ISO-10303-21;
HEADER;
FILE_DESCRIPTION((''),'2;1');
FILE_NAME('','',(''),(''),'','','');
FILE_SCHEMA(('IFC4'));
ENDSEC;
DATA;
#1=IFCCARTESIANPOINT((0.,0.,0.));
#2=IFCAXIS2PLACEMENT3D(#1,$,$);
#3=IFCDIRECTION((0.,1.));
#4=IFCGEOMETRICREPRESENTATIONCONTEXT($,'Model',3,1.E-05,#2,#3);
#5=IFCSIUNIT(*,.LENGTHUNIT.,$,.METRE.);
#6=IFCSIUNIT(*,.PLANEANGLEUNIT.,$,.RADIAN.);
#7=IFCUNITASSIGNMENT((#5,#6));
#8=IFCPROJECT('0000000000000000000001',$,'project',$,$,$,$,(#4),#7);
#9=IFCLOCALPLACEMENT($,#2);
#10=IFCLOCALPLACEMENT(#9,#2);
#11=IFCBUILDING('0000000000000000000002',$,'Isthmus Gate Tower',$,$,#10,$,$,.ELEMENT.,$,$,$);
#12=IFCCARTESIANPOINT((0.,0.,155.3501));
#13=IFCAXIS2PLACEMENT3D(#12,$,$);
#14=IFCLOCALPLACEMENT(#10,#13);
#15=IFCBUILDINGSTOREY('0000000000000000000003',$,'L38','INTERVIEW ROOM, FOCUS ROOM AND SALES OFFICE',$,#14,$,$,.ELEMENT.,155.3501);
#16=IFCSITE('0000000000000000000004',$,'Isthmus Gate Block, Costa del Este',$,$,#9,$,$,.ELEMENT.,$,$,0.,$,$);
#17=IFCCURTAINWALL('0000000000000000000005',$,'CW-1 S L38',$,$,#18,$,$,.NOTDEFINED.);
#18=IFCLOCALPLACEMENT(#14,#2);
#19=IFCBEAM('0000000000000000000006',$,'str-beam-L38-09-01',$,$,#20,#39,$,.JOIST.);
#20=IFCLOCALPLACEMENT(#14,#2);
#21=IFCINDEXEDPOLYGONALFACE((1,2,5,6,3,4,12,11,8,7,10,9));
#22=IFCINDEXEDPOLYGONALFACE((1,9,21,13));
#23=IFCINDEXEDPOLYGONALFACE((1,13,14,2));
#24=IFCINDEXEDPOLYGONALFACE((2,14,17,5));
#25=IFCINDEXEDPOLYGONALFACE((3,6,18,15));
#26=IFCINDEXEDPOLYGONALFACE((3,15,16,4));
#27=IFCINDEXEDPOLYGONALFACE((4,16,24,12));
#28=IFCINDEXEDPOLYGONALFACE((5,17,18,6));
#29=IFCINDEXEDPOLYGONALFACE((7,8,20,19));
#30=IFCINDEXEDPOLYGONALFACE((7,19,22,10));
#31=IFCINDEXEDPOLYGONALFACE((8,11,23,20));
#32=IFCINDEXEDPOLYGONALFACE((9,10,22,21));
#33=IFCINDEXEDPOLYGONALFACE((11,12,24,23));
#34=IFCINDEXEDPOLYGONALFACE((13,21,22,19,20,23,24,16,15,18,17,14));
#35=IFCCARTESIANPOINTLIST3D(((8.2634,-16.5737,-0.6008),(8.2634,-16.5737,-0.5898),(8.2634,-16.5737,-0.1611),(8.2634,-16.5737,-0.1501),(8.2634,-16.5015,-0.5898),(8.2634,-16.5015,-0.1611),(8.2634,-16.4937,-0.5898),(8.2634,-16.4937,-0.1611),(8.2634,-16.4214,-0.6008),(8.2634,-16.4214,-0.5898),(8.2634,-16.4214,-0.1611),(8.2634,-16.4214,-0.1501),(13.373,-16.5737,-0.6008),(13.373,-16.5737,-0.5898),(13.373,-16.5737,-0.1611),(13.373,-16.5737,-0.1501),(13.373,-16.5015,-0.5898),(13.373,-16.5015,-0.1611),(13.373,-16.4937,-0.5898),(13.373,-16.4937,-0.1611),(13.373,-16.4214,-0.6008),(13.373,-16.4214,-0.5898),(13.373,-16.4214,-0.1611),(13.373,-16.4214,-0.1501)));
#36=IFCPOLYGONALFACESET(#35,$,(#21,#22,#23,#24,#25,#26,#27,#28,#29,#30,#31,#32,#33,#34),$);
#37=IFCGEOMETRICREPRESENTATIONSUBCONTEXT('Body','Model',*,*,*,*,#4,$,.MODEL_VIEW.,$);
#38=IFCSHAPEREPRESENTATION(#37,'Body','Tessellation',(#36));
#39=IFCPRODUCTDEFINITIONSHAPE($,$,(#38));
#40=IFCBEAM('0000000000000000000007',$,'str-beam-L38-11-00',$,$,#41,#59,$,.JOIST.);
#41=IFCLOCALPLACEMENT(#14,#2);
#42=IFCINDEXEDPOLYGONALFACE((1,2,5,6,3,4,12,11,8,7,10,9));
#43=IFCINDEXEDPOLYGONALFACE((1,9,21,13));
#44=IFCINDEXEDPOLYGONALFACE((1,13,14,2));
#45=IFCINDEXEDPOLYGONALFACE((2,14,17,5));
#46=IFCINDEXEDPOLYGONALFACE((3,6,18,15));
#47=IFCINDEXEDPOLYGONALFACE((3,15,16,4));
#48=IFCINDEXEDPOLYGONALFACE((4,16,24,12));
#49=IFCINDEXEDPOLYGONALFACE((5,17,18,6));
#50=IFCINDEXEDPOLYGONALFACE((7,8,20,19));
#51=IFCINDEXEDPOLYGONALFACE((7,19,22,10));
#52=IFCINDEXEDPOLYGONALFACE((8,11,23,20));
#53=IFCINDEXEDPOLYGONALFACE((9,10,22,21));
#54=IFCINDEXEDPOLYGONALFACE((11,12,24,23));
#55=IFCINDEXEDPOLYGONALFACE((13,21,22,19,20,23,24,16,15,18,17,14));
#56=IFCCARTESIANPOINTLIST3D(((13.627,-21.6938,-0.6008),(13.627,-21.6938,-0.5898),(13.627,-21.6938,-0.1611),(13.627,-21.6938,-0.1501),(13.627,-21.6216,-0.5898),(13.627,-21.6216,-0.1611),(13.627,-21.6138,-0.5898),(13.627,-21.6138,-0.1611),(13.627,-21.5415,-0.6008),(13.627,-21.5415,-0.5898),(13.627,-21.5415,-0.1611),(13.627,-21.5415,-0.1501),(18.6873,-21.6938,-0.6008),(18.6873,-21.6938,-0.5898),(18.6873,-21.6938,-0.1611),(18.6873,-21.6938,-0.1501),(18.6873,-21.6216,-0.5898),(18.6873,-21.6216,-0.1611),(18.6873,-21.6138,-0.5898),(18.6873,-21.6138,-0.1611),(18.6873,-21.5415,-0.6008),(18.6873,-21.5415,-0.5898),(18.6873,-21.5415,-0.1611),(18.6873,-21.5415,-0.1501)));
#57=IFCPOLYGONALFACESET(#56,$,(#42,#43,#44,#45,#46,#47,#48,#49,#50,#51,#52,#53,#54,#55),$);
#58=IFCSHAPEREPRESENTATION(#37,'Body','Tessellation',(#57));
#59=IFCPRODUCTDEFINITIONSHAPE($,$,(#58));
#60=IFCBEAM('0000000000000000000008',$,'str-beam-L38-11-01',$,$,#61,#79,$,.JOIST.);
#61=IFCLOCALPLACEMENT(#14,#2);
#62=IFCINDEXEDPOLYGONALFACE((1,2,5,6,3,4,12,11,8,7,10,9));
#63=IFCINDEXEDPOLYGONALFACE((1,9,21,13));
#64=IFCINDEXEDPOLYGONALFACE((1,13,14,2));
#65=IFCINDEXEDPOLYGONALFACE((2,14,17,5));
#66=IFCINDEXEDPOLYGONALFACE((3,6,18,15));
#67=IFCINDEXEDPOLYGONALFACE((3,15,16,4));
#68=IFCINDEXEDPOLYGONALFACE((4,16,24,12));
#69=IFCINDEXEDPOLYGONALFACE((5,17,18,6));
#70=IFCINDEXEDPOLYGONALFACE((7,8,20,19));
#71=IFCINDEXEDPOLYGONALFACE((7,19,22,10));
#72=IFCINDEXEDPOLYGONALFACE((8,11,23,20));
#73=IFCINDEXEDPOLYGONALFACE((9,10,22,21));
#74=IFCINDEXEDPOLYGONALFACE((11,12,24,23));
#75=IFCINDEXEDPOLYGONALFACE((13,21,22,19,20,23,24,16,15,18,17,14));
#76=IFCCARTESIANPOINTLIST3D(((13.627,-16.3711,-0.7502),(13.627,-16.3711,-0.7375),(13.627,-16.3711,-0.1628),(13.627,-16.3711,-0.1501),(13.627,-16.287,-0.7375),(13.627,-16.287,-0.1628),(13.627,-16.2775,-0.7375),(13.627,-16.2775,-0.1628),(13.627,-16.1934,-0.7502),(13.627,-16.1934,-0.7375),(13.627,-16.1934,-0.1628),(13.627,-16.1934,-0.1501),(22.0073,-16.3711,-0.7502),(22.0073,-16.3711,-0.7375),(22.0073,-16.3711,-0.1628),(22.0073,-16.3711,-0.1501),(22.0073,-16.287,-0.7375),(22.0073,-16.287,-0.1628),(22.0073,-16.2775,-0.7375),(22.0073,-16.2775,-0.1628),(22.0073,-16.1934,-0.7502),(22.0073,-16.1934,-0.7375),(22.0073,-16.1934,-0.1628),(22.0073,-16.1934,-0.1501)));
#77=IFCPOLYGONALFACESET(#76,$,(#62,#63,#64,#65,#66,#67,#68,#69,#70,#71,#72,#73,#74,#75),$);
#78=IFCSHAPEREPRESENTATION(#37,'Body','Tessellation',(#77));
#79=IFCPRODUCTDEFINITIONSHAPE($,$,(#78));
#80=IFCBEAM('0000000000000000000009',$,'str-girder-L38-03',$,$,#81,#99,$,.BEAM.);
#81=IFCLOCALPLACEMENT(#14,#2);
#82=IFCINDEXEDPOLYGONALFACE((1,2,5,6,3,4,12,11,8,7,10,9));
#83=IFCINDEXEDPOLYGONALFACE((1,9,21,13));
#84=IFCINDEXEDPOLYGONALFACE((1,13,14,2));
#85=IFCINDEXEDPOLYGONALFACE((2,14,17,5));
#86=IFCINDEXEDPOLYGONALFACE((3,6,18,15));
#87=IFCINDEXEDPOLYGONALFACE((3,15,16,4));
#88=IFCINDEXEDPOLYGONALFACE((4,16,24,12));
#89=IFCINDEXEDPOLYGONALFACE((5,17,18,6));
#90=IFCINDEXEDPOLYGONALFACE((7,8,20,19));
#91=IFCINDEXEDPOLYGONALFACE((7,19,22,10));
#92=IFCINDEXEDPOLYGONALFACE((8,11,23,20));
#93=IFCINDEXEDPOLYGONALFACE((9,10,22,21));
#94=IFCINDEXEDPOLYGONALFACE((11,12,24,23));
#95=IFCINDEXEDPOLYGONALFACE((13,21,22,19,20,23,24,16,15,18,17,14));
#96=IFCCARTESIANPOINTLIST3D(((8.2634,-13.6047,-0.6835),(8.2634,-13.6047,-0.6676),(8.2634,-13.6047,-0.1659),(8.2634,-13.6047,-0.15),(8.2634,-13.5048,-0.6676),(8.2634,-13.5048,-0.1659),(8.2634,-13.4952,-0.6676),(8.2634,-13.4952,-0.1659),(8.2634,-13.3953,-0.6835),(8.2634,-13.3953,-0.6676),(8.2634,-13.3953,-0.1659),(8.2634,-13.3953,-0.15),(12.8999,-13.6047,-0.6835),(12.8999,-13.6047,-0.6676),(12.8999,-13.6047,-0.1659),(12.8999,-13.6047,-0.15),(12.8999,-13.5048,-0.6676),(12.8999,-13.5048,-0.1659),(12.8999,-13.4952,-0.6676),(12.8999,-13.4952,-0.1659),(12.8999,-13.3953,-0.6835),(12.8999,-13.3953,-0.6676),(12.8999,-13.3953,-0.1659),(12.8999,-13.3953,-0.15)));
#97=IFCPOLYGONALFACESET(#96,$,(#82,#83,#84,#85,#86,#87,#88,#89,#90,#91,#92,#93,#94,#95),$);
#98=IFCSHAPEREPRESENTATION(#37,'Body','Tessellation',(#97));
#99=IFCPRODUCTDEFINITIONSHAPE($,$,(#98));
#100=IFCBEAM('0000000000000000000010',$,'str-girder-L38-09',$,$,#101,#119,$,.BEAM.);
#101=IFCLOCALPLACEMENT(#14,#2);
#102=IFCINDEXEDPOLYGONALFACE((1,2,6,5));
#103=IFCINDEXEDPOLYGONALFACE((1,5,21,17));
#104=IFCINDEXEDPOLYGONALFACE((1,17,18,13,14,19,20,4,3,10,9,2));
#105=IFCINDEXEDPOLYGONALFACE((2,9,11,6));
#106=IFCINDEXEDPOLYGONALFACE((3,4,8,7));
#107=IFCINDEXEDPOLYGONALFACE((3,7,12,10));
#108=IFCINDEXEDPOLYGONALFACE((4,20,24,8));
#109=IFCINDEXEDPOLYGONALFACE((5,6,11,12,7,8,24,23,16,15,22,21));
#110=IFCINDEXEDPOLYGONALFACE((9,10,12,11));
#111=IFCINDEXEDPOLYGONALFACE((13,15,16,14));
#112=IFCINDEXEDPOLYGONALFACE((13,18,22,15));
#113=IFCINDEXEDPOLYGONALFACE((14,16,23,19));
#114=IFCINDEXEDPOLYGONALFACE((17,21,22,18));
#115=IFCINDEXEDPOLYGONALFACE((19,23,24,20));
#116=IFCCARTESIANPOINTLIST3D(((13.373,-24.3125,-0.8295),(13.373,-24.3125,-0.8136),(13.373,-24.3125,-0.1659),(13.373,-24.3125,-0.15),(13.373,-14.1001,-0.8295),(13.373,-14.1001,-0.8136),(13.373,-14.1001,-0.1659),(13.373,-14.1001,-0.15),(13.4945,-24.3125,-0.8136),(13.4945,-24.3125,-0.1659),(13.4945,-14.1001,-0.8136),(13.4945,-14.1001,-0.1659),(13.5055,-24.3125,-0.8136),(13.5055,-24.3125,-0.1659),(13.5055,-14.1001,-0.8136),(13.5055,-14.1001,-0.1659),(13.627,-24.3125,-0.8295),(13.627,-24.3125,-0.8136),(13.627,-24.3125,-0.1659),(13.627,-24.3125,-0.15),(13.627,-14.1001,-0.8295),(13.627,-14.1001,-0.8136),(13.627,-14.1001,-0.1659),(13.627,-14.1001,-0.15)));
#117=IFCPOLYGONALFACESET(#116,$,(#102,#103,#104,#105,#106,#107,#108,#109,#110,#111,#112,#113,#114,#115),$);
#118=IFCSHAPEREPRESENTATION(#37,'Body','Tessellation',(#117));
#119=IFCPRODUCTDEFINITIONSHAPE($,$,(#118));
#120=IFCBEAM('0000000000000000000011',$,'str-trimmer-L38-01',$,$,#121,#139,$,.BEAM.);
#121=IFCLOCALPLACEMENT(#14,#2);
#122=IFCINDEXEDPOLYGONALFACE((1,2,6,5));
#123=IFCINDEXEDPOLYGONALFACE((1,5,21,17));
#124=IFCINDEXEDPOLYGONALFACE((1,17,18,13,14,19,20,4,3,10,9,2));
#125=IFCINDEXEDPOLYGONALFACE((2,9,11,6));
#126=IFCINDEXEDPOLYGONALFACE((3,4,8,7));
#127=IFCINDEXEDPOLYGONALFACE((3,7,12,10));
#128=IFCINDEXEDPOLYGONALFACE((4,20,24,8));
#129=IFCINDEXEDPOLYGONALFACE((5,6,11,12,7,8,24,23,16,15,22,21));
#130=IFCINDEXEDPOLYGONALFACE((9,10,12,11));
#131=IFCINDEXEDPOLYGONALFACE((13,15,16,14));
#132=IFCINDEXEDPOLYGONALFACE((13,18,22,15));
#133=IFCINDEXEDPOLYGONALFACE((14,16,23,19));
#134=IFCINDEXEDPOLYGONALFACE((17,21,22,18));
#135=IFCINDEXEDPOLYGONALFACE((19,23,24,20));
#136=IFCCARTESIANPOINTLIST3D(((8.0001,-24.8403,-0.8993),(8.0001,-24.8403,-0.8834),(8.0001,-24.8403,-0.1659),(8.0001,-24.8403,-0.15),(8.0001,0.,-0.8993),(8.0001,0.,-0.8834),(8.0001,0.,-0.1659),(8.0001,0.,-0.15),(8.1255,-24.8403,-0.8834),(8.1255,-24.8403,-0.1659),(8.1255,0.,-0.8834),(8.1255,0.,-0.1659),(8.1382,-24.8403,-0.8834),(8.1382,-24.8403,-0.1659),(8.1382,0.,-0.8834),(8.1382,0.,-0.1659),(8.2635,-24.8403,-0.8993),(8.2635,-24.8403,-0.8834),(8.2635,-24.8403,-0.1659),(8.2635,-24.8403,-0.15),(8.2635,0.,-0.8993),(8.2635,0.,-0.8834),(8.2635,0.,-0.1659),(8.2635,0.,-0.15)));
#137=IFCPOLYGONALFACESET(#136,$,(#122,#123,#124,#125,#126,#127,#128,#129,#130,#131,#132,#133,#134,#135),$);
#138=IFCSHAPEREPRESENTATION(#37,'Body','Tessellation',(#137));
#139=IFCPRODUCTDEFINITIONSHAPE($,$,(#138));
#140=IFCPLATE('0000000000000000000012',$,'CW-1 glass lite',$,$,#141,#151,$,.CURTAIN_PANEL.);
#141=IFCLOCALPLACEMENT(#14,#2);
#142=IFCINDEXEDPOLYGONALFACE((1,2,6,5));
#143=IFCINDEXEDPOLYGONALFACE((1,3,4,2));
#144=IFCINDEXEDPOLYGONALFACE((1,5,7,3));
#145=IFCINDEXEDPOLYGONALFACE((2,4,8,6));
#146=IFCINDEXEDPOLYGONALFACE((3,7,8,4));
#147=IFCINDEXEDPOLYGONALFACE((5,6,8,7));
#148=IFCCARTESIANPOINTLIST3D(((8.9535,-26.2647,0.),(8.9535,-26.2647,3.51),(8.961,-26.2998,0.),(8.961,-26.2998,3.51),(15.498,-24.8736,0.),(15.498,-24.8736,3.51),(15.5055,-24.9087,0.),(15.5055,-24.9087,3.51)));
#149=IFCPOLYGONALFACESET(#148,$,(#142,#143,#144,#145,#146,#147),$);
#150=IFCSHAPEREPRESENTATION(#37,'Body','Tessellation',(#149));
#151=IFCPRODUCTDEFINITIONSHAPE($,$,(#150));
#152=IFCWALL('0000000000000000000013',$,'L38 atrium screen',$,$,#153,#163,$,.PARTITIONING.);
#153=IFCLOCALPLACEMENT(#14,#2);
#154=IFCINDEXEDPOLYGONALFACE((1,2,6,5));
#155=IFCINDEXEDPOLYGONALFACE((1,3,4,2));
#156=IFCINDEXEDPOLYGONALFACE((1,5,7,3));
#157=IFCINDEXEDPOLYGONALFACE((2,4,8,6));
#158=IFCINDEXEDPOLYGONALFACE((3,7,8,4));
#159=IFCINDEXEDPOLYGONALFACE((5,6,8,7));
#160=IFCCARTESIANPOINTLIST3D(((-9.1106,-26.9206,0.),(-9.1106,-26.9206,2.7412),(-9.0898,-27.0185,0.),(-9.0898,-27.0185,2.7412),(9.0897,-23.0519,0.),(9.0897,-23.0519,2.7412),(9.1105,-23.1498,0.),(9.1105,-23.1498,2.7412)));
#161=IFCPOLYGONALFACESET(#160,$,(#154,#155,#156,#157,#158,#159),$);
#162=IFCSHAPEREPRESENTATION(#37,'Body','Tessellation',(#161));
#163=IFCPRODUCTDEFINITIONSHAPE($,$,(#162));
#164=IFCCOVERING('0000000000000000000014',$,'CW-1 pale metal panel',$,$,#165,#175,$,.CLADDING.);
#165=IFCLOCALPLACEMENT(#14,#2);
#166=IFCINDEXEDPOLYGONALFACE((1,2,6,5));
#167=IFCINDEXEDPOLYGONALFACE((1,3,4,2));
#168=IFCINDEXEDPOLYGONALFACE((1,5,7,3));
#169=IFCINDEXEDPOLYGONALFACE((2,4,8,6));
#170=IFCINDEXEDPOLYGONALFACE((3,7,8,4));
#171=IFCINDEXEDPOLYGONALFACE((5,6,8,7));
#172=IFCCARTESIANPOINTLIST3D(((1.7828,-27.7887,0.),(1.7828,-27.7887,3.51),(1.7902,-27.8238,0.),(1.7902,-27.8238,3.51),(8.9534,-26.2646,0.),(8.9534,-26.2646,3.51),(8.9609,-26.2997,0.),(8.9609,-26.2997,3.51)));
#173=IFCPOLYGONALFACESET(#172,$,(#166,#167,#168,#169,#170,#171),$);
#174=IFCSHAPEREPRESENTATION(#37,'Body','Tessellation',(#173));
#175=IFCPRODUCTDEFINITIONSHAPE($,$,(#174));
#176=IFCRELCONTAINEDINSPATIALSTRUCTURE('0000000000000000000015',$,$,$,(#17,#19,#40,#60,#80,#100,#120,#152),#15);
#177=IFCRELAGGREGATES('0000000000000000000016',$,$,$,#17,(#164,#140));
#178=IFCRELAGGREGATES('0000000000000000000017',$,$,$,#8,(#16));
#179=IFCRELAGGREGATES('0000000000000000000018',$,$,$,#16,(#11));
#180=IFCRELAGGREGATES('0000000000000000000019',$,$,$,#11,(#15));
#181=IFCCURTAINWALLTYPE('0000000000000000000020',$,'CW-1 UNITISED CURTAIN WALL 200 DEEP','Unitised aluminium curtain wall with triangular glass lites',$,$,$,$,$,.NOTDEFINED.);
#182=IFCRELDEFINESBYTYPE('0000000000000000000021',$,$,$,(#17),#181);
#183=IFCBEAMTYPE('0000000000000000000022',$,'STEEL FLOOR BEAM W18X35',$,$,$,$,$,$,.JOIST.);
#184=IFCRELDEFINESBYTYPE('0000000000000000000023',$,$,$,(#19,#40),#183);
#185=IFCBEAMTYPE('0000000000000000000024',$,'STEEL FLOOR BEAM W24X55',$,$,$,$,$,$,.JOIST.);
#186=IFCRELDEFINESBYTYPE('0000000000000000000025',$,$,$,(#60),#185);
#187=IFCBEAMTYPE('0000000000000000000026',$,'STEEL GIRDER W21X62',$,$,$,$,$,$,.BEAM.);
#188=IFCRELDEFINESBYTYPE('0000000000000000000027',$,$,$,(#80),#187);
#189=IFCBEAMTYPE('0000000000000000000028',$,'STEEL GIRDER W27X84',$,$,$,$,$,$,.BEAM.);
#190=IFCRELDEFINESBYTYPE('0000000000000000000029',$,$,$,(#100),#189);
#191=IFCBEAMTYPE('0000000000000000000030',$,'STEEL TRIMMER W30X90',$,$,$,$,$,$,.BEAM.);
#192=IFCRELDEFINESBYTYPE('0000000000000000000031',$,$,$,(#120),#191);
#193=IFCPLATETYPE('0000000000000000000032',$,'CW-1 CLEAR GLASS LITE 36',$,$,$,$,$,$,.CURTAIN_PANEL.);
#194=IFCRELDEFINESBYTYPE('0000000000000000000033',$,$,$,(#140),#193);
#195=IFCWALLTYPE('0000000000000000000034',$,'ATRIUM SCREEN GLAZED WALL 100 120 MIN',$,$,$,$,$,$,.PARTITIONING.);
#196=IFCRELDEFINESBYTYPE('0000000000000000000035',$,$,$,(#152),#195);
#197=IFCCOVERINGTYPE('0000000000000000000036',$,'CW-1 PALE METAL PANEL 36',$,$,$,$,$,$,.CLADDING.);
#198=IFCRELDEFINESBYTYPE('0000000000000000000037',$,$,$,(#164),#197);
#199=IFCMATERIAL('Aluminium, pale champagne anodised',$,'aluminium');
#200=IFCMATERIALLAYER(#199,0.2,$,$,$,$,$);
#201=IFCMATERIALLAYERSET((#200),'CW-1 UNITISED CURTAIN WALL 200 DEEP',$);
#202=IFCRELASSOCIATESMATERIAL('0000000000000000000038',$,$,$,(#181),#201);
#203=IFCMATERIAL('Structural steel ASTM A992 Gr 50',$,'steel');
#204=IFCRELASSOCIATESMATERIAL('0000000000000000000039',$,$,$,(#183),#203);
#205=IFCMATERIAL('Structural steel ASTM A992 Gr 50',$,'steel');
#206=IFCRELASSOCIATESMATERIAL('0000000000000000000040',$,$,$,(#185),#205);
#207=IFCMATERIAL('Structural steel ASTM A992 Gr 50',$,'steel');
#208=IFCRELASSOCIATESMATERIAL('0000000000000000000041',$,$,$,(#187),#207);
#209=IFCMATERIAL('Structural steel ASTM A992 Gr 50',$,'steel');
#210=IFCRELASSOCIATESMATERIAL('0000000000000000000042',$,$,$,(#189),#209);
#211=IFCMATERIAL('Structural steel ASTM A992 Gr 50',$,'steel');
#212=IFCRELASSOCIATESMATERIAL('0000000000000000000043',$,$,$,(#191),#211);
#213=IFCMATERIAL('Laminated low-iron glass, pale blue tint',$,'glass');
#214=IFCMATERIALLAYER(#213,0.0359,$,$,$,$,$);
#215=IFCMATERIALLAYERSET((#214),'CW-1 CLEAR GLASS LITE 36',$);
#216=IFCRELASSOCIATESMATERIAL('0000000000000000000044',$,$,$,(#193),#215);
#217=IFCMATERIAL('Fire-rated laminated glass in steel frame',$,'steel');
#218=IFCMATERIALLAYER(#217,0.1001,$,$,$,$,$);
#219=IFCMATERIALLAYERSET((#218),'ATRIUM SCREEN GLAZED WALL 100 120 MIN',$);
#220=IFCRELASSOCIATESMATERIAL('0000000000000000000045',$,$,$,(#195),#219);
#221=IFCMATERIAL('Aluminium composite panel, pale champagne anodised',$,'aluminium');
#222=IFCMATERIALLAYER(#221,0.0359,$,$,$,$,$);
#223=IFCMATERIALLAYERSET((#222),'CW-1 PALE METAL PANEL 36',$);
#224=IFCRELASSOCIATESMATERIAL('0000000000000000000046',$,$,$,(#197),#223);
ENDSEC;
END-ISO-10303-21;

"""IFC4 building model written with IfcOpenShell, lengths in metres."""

from ifc_helpers import new_model, si_unit, direction, frame, frame_2d, origin, origin_2d, place, context, subcontext, project, spatial, rectangle, i_section, extrude, material, layer, layer_set, material_profile, profile_set, type_object, element, aggregate, save


model = new_model("IFC4")

# Units and contexts
model_context = context("Model", 3, precision=1e-05, world=origin(), true_north=direction((0.0, 1.0)))
body_context = subcontext(model_context, "Body", "Model", "MODEL_VIEW")
ifc_project = project(units=[si_unit("LENGTHUNIT", "METRE"), si_unit("PLANEANGLEUNIT", "RADIAN")], contexts=[model_context])

# Site, building, storey
site_placement = place(None, origin())
site = spatial("IfcSite", under=ifc_project, at=site_placement, Name="Isthmus Gate Block, Costa del Este", CompositionType="ELEMENT", RefElevation=0.0)
building_placement = place(site_placement, origin())
building = spatial("IfcBuilding", under=site, at=building_placement, Name="Isthmus Gate Tower", CompositionType="ELEMENT")
storey_placement = place(building_placement, frame((0.0, 0.0, 155.3501)))
storey = spatial("IfcBuildingStorey", under=building, at=storey_placement, Name="L38", Description="INTERVIEW ROOM, FOCUS ROOM AND SALES OFFICE", CompositionType="ELEMENT", Elevation=155.3501)

# Curtain wall
ifc_material_1 = material(Name="Aluminium, pale champagne anodised", Category="aluminium")
ifc_layer_1 = layer(ifc_material_1, 0.2)
ifc_layer_set_1 = layer_set([ifc_layer_1], Name="CW-1 UNITISED CURTAIN WALL 200 DEEP")
curtain_wall_type = type_object("IfcCurtainWallType", Name="CW-1 UNITISED CURTAIN WALL 200 DEEP", Description="Unitised aluminium curtain wall with triangular glass lites", PredefinedType="NOTDEFINED", material=ifc_layer_set_1)
curtain_wall_placement = place(storey_placement, origin())
curtain_wall = element("IfcCurtainWall", 1, at=curtain_wall_placement, inside=storey, type_object=curtain_wall_type, Name="CW-1 S L38", PredefinedType="NOTDEFINED")

# Beams
ifc_material_2 = material(Name="Structural steel ASTM A992 Gr 50", Category="steel")
ifc_material_profile_1 = material_profile(ifc_material_2, i_section(OverallWidth=0.1523, OverallDepth=0.4507, WebThickness=0.0078, FlangeThickness=0.011, at=origin_2d()), Name="W18X35")
ifc_profile_set_1 = profile_set([ifc_material_profile_1], Name="Structural steel ASTM A992 Gr 50")
beam_type_1 = type_object("IfcBeamType", Name="STEEL FLOOR BEAM W18X35", PredefinedType="JOIST", material=ifc_profile_set_1)
for number, where, z_axis, x_axis, name in (
    (2, (8.2634, -16.4976, -0.3755), (1.0, 0.0, 0.0), (0.0, 1.0, 0.0), "str-beam-L38-09-01"),
):
    element("IfcBeam", number, at=place(storey_placement, frame(where, z_axis=z_axis, x_axis=x_axis)), inside=storey, type_object=beam_type_1, Name=name, PredefinedType="JOIST", context=body_context, shape_type="SweptSolid", body=[
        extrude(i_section(OverallWidth=0.1523, OverallDepth=0.4507, WebThickness=0.0078, FlangeThickness=0.011, at=origin_2d()), origin(), (0.0, 0.0, 1.0), 5.1096),
    ])
beam_1_placement = place(storey_placement, frame((13.627, -21.6177, -0.3755), z_axis=(1.0, 0.0, 0.0), x_axis=(0.0, 1.0, 0.0)))
element("IfcBeam", 3, at=beam_1_placement, inside=storey, type_object=beam_type_1, Name="str-beam-L38-11-00", PredefinedType="JOIST", context=body_context, shape_type="SweptSolid", body=[
    extrude(i_section(OverallWidth=0.1523, OverallDepth=0.4507, WebThickness=0.0078, FlangeThickness=0.011, at=origin_2d()), origin(), (0.0, 0.0, 1.0), 5.0603),
])
ifc_material_3 = material(Name="Structural steel ASTM A992 Gr 50", Category="steel")
ifc_material_profile_2 = material_profile(ifc_material_3, i_section(OverallWidth=0.1777, OverallDepth=0.6001, WebThickness=0.0095, FlangeThickness=0.0127, at=origin_2d()), Name="W24X55")
ifc_profile_set_2 = profile_set([ifc_material_profile_2], Name="Structural steel ASTM A992 Gr 50")
beam_type_2 = type_object("IfcBeamType", Name="STEEL FLOOR BEAM W24X55", PredefinedType="JOIST", material=ifc_profile_set_2)
beam_2_placement = place(storey_placement, frame((13.627, -16.2822, -0.4502), z_axis=(1.0, 0.0, 0.0), x_axis=(0.0, 1.0, 0.0)))
element("IfcBeam", 4, at=beam_2_placement, inside=storey, type_object=beam_type_2, Name="str-beam-L38-11-01", PredefinedType="JOIST", context=body_context, shape_type="SweptSolid", body=[
    extrude(i_section(OverallWidth=0.1777, OverallDepth=0.6001, WebThickness=0.0095, FlangeThickness=0.0127, at=origin_2d()), origin(), (0.0, 0.0, 1.0), 8.3804),
])
ifc_material_4 = material(Name="Structural steel ASTM A992 Gr 50", Category="steel")
ifc_material_profile_3 = material_profile(ifc_material_4, i_section(OverallWidth=0.2095, OverallDepth=0.5334, WebThickness=0.0095, FlangeThickness=0.0159, at=origin_2d()), Name="W21X62")
ifc_profile_set_3 = profile_set([ifc_material_profile_3], Name="Structural steel ASTM A992 Gr 50")
beam_type_3 = type_object("IfcBeamType", Name="STEEL GIRDER W21X62", PredefinedType="BEAM", material=ifc_profile_set_3)
beam_3_placement = place(storey_placement, frame((8.2634, -13.5, -0.4167), z_axis=(1.0, 0.0, 0.0), x_axis=(0.0, 1.0, 0.0)))
element("IfcBeam", 5, at=beam_3_placement, inside=storey, type_object=beam_type_3, Name="str-girder-L38-03", PredefinedType="BEAM", context=body_context, shape_type="SweptSolid", body=[
    extrude(i_section(OverallWidth=0.2095, OverallDepth=0.5334, WebThickness=0.0095, FlangeThickness=0.0159, at=origin_2d()), origin(), (0.0, 0.0, 1.0), 4.6365),
])
ifc_material_5 = material(Name="Structural steel ASTM A992 Gr 50", Category="steel")
ifc_material_profile_4 = material_profile(ifc_material_5, i_section(OverallWidth=0.2539, OverallDepth=0.6794, WebThickness=0.011, FlangeThickness=0.0159, at=origin_2d()), Name="W27X84")
ifc_profile_set_4 = profile_set([ifc_material_profile_4], Name="Structural steel ASTM A992 Gr 50")
beam_type_4 = type_object("IfcBeamType", Name="STEEL GIRDER W27X84", PredefinedType="BEAM", material=ifc_profile_set_4)
beam_4_placement = place(storey_placement, frame((13.5, -24.3125, -0.4897), z_axis=(0.0, 1.0, 0.0), x_axis=(-1.0, 0.0, 0.0)))
element("IfcBeam", 6, at=beam_4_placement, inside=storey, type_object=beam_type_4, Name="str-girder-L38-09", PredefinedType="BEAM", context=body_context, shape_type="SweptSolid", body=[
    extrude(i_section(OverallWidth=0.2539, OverallDepth=0.6794, WebThickness=0.011, FlangeThickness=0.0159, at=origin_2d()), origin(), (0.0, 0.0, 1.0), 10.2124),
])
ifc_material_6 = material(Name="Structural steel ASTM A992 Gr 50", Category="steel")
ifc_material_profile_5 = material_profile(ifc_material_6, i_section(OverallWidth=0.2634, OverallDepth=0.7493, WebThickness=0.0127, FlangeThickness=0.0159, at=origin_2d()), Name="W30X90")
ifc_profile_set_5 = profile_set([ifc_material_profile_5], Name="Structural steel ASTM A992 Gr 50")
beam_type_5 = type_object("IfcBeamType", Name="STEEL TRIMMER W30X90", PredefinedType="BEAM", material=ifc_profile_set_5)
beam_5_placement = place(storey_placement, frame((8.1318, -24.8403, -0.5247), z_axis=(0.0, 1.0, 0.0), x_axis=(-1.0, 0.0, 0.0)))
element("IfcBeam", 7, at=beam_5_placement, inside=storey, type_object=beam_type_5, Name="str-trimmer-L38-01", PredefinedType="BEAM", context=body_context, shape_type="SweptSolid", body=[
    extrude(i_section(OverallWidth=0.2634, OverallDepth=0.7493, WebThickness=0.0127, FlangeThickness=0.0159, at=origin_2d()), origin(), (0.0, 0.0, 1.0), 24.8403),
])

# Plate
ifc_material_7 = material(Name="Laminated low-iron glass, pale blue tint", Category="glass")
ifc_layer_2 = layer(ifc_material_7, 0.0359)
ifc_layer_set_2 = layer_set([ifc_layer_2], Name="CW-1 CLEAR GLASS LITE 36")
plate_type = type_object("IfcPlateType", Name="CW-1 CLEAR GLASS LITE 36", PredefinedType="CURTAIN_PANEL", material=ifc_layer_set_2)
plate_placement = place(storey_placement, frame((12.2295, -25.5867, 0.0), z_axis=(0.0, 0.0, 1.0), x_axis=(0.978148, 0.207912, 0.0)))
plate = element("IfcPlate", 8, at=plate_placement, type_object=plate_type, Name="CW-1 glass lite", PredefinedType="CURTAIN_PANEL", context=body_context, shape_type="SweptSolid", body=[
    extrude(rectangle(XDim=6.6907, YDim=0.0359, at=origin_2d()), origin(), (0.0, 0.0, 1.0), 3.51),
])

# Wall
ifc_material_8 = material(Name="Fire-rated laminated glass in steel frame", Category="steel")
ifc_layer_3 = layer(ifc_material_8, 0.1001)
ifc_layer_set_3 = layer_set([ifc_layer_3], Name="ATRIUM SCREEN GLAZED WALL 100 120 MIN")
wall_type = type_object("IfcWallType", Name="ATRIUM SCREEN GLAZED WALL 100 120 MIN", PredefinedType="PARTITIONING", material=ifc_layer_set_3)
wall_placement = place(storey_placement, frame((9.1001, -23.1008, 0.0), z_axis=(0.0, 0.0, 1.0), x_axis=(-0.978147, -0.207916, 0.0)))
element("IfcWall", 9, at=wall_placement, inside=storey, type_object=wall_type, Name="L38 atrium screen", PredefinedType="PARTITIONING", context=body_context, shape_type="SweptSolid", body=[
    extrude(rectangle(XDim=18.6069, YDim=0.1001, at=frame_2d((9.3035, 0.0))), origin(), (0.0, 0.0, 1.0), 2.7412),
])

# Covering
ifc_material_9 = material(Name="Aluminium composite panel, pale champagne anodised", Category="aluminium")
ifc_layer_4 = layer(ifc_material_9, 0.0359)
ifc_layer_set_4 = layer_set([ifc_layer_4], Name="CW-1 PALE METAL PANEL 36")
covering_type = type_object("IfcCoveringType", Name="CW-1 PALE METAL PANEL 36", PredefinedType="CLADDING", material=ifc_layer_set_4)
covering_placement = place(storey_placement, frame((5.3718, -27.0442, 0.0), z_axis=(0.0, 0.0, 1.0), x_axis=(0.978148, 0.207912, 0.0)))
covering = element("IfcCovering", 10, at=covering_placement, type_object=covering_type, Name="CW-1 pale metal panel", PredefinedType="CLADDING", context=body_context, shape_type="SweptSolid", body=[
    extrude(rectangle(XDim=7.3308, YDim=0.0359, at=origin_2d()), origin(), (0.0, 0.0, 1.0), 3.51),
])
aggregate(curtain_wall, [covering, plate])

save(model, "model.ifc")
